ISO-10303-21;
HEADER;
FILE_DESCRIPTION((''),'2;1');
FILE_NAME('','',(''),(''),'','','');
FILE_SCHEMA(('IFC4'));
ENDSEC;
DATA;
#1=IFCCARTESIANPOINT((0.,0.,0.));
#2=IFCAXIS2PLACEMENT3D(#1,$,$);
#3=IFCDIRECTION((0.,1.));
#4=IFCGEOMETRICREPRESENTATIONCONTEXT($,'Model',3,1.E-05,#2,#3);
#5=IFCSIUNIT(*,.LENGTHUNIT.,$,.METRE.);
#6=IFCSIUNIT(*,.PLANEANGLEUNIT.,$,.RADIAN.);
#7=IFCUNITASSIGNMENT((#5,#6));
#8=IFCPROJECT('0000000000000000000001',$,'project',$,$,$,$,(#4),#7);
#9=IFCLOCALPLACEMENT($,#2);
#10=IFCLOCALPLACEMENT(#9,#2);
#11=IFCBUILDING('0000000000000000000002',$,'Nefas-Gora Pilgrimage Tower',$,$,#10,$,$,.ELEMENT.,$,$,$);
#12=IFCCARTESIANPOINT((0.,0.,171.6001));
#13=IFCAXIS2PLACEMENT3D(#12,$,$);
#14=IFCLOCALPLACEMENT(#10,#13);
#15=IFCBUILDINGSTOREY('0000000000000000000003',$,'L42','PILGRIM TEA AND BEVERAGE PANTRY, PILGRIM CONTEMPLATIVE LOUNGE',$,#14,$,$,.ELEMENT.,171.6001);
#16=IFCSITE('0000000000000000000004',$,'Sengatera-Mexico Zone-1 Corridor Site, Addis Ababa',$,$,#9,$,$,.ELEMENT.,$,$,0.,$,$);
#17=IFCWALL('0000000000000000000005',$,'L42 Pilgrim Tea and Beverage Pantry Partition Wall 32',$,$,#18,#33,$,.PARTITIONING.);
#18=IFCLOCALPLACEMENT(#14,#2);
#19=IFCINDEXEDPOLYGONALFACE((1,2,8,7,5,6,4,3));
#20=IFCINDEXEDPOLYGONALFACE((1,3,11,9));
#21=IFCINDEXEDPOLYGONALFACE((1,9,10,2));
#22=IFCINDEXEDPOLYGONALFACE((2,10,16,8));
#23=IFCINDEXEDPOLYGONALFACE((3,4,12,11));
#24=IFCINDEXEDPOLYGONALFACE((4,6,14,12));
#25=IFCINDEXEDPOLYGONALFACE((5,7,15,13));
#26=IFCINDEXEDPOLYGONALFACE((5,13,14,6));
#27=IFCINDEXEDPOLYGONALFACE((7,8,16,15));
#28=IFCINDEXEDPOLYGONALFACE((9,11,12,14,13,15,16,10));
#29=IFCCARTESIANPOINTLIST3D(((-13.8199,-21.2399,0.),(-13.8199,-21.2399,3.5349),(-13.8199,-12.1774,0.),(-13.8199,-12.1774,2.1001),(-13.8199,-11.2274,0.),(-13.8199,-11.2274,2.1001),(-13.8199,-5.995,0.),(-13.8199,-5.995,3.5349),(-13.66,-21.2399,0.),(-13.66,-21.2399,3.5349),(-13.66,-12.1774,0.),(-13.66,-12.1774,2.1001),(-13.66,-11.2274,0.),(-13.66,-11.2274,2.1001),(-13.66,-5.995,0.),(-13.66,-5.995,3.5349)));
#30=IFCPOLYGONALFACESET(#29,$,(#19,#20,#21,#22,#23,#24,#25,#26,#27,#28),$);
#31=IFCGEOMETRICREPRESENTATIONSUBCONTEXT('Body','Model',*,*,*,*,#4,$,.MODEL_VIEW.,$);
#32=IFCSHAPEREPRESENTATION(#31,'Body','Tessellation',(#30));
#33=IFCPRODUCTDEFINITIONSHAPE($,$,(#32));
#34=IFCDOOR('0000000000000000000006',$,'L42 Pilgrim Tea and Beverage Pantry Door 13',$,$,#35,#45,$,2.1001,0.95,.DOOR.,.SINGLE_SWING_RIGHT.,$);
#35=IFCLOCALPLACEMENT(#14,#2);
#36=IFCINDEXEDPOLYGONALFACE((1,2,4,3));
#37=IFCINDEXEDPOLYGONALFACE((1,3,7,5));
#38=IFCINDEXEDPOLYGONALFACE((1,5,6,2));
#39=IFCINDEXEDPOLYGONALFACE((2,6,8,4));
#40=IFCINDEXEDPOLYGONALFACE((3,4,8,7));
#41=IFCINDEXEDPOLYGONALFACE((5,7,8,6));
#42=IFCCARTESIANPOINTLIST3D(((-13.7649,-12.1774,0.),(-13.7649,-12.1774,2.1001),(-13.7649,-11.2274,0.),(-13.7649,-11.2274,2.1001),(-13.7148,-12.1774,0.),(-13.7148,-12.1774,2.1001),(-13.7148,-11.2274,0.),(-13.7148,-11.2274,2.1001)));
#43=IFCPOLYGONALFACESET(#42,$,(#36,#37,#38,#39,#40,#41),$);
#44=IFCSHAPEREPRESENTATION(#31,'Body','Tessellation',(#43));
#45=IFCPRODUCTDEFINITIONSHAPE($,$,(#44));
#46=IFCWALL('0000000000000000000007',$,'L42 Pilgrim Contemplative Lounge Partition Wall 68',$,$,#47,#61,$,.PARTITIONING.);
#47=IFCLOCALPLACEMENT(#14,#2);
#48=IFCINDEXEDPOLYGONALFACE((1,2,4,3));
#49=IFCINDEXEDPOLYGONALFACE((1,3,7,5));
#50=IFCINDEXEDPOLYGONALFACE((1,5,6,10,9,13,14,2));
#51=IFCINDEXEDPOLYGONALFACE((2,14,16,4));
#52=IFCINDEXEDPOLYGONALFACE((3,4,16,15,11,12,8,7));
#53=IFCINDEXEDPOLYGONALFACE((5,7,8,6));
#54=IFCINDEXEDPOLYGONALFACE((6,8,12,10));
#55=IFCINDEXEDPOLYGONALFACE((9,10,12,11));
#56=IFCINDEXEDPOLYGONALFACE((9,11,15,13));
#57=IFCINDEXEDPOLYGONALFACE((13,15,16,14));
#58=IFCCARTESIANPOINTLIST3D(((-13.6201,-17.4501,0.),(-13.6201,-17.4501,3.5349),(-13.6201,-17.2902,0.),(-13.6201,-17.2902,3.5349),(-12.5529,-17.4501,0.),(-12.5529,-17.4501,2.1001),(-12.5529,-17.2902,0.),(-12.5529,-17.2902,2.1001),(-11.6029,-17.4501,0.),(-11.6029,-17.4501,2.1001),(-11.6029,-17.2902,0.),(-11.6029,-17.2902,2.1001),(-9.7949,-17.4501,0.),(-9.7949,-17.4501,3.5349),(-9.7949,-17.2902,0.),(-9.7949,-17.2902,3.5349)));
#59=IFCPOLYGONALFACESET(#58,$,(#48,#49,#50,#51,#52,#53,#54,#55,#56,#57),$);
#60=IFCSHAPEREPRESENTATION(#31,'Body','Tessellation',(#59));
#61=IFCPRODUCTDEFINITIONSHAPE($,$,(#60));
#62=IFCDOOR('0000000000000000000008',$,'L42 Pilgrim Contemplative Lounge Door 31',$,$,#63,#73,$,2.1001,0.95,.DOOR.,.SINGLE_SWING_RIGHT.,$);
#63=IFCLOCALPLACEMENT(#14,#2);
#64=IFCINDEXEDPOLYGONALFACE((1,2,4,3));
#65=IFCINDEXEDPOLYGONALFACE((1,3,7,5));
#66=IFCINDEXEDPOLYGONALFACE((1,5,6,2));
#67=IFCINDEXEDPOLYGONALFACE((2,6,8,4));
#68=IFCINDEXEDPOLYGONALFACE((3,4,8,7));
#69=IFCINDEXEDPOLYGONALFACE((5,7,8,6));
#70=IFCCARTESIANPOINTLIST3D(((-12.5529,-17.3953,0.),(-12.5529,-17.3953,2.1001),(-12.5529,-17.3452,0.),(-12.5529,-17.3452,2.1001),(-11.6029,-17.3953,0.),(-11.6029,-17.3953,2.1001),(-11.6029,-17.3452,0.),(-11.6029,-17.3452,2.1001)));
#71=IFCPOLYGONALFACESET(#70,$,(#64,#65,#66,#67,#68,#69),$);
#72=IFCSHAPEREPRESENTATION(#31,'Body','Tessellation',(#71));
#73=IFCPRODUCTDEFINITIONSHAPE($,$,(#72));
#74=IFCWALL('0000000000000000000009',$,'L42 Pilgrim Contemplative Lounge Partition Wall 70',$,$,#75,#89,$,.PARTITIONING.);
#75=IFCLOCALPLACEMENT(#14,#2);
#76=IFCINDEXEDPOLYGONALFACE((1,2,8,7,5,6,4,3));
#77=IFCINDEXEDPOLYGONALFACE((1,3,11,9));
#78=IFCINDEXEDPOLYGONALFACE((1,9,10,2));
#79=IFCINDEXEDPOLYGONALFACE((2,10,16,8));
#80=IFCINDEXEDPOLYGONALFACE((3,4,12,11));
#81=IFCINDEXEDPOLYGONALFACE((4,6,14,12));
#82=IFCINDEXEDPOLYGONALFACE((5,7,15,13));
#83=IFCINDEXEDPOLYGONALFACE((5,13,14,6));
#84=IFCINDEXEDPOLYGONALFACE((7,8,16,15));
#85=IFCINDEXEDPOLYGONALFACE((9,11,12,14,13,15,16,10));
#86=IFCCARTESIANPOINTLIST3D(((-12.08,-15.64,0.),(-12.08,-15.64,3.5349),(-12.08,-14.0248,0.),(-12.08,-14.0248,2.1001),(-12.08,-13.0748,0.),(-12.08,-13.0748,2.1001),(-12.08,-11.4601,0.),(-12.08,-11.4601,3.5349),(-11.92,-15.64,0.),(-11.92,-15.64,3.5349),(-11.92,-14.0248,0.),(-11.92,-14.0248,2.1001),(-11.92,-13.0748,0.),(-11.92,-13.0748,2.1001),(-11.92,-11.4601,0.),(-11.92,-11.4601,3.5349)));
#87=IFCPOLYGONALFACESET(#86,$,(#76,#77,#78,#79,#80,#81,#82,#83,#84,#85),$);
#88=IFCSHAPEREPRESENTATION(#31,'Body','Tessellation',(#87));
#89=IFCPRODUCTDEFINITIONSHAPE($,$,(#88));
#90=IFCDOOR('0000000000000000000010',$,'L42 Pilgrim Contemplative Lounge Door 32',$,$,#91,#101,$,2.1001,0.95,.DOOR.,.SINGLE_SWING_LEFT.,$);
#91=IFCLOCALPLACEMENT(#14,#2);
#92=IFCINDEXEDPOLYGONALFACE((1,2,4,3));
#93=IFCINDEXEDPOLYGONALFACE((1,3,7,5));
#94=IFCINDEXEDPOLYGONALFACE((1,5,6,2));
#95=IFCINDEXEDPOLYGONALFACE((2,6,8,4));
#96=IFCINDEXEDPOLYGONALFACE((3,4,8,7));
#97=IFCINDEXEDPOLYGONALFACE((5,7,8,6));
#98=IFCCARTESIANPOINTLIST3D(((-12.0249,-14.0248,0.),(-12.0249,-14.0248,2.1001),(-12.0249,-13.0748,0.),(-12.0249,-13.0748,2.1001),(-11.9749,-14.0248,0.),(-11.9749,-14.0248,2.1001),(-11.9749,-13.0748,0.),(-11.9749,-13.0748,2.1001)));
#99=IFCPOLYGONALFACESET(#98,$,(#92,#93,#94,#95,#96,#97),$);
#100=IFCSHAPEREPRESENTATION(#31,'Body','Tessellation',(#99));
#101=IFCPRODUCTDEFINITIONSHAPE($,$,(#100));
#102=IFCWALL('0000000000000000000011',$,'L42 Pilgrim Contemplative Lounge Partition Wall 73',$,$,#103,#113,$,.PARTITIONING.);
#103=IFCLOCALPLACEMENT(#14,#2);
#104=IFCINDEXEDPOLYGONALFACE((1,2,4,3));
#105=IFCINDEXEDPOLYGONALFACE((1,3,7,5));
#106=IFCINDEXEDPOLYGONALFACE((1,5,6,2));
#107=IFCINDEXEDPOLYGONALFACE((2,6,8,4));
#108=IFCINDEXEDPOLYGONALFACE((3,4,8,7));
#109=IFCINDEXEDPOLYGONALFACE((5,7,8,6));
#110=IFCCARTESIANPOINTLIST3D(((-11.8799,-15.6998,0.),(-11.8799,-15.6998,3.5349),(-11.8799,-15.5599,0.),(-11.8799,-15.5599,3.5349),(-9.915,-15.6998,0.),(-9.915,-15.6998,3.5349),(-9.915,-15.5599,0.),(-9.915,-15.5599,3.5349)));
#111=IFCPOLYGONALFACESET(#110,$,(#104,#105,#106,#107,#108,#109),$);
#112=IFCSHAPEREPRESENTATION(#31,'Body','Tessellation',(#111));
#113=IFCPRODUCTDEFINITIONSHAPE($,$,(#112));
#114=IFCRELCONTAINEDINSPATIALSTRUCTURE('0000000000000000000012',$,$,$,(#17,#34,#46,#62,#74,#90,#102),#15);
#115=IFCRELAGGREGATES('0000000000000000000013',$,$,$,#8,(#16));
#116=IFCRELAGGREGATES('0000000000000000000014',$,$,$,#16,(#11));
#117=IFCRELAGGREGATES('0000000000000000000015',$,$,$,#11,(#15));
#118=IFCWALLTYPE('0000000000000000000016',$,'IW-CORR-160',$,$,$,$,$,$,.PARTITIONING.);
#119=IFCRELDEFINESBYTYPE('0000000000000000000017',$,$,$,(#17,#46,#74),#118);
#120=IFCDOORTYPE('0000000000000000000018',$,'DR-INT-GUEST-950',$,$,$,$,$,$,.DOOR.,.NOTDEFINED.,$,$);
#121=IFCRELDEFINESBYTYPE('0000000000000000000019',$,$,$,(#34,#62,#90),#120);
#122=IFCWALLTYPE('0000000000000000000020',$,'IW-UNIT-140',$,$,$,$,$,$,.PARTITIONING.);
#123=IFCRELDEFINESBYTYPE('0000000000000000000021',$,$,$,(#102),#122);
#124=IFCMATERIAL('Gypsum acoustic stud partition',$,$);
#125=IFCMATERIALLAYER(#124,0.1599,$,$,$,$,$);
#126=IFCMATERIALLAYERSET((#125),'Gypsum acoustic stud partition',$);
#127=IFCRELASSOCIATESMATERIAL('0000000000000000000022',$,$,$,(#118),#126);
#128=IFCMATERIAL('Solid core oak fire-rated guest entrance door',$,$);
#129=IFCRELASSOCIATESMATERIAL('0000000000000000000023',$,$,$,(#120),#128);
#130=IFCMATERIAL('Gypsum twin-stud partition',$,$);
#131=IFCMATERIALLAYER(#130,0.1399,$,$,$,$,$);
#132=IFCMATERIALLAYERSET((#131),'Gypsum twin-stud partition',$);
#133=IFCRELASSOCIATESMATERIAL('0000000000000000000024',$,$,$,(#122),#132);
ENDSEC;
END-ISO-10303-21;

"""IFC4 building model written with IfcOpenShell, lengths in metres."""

from ifc_helpers import new_model, si_unit, direction, frame, frame_2d, origin, place, context, subcontext, project, spatial, rectangle, extrude, source, transform, mapped, material, layer, layer_set, type_object, element, fill, save


model = new_model("IFC4")

# Units and contexts
model_context = context("Model", 3, precision=1e-05, world=origin(), true_north=direction((0.0, 1.0)))
body_context = subcontext(model_context, "Body", "Model", "MODEL_VIEW")
ifc_project = project(units=[si_unit("LENGTHUNIT", "METRE"), si_unit("PLANEANGLEUNIT", "RADIAN")], contexts=[model_context])

# Site, building, storey
site_placement = place(None, origin())
site = spatial("IfcSite", under=ifc_project, at=site_placement, Name="Sengatera-Mexico Zone-1 Corridor Site, Addis Ababa", CompositionType="ELEMENT", RefElevation=0.0)
building_placement = place(site_placement, origin())
building = spatial("IfcBuilding", under=site, at=building_placement, Name="Nefas-Gora Pilgrimage Tower", CompositionType="ELEMENT")
storey_placement = place(building_placement, frame((0.0, 0.0, 171.6001)))
storey = spatial("IfcBuildingStorey", under=building, at=storey_placement, Name="L42", Description="PILGRIM TEA AND BEVERAGE PANTRY, PILGRIM CONTEMPLATIVE LOUNGE", CompositionType="ELEMENT", Elevation=171.6001)

# Walls, openings, doors
ifc_material_1 = material(Name="Gypsum acoustic stud partition")
ifc_layer_1 = layer(ifc_material_1, 0.1599)
ifc_layer_set_1 = layer_set([ifc_layer_1], Name="Gypsum acoustic stud partition")
wall_type_1 = type_object("IfcWallType", Name="IW-CORR-160", PredefinedType="PARTITIONING", material=ifc_layer_set_1)
shared_shape_1 = source(origin(), body_context, "Body", "SweptSolid", [
    extrude(rectangle(XDim=15.2449, YDim=0.1599, at=frame_2d((7.6226, 0.0))), origin(), (0.0, 0.0, 1.0), 3.5349),
])
wall_1_placement = place(storey_placement, frame((-13.74, -21.24, 0.0), z_axis=(0.0, 0.0, 1.0), x_axis=(0.0, 1.0, 0.0)))
wall_1 = element("IfcWall", 1, at=wall_1_placement, inside=storey, type_object=wall_type_1, Name="L42 Pilgrim Tea and Beverage Pantry Partition Wall 32", PredefinedType="PARTITIONING", context=body_context, shape_type="MappedRepresentation", body=[
    mapped(shared_shape_1, transform((0.0, 0.0, 0.0), x_axis=(1.0, 0.0, 0.0), y_axis=(0.0, 1.0, 0.0), z_axis=(0.0, 0.0, 1.0), scale=1.0)),
])
opening_1_placement = place(wall_1_placement, frame((9.0625, 0.0, 0.0)))
opening_1 = element("IfcOpeningElement", 2, at=opening_1_placement, cuts=wall_1, PredefinedType="OPENING", context=body_context, shape_type="SweptSolid", body=[
    extrude(rectangle(XDim=0.95, YDim=2.1001, at=frame_2d((0.4751, 1.05))), frame((0.0, 0.0898, 0.0), z_axis=(0.0, -1.0, 0.0), x_axis=(1.0, 0.0, 0.0)), (0.0, 0.0, 1.0), 0.1799),
])
ifc_material_2 = material(Name="Solid core oak fire-rated guest entrance door")
door_type = type_object("IfcDoorType", Name="DR-INT-GUEST-950", OperationType="NOTDEFINED", PredefinedType="DOOR", material=ifc_material_2)
shared_shape_2 = source(origin(), body_context, "Body", "SweptSolid", [
    extrude(rectangle(XDim=0.95, YDim=2.1001, at=frame_2d((0.4751, 1.05))), frame((0.0, 0.0249, 0.0), z_axis=(0.0, -1.0, 0.0), x_axis=(1.0, 0.0, 0.0)), (0.0, 0.0, 1.0), 0.05),
])
door_1_placement = place(opening_1_placement, origin())
door_1 = element("IfcDoor", 3, at=door_1_placement, inside=storey, type_object=door_type, Name="L42 Pilgrim Tea and Beverage Pantry Door 13", OperationType="SINGLE_SWING_RIGHT", OverallHeight=2.1001, OverallWidth=0.95, PredefinedType="DOOR", context=body_context, shape_type="MappedRepresentation", body=[
    mapped(shared_shape_2, transform((0.0, 0.0, 0.0), x_axis=(1.0, 0.0, 0.0), y_axis=(0.0, 1.0, 0.0), z_axis=(0.0, 0.0, 1.0), scale=1.0)),
])
fill(opening_1, door_1)
shared_shape_3 = source(origin(), body_context, "Body", "SweptSolid", [
    extrude(rectangle(XDim=3.8252, YDim=0.1599, at=frame_2d((1.9126, 0.0))), origin(), (0.0, 0.0, 1.0), 3.5349),
])
wall_2_placement = place(storey_placement, frame((-13.6201, -17.3701, 0.0), z_axis=(0.0, 0.0, 1.0), x_axis=(1.0, 0.0, 0.0)))
wall_2 = element("IfcWall", 4, at=wall_2_placement, inside=storey, type_object=wall_type_1, Name="L42 Pilgrim Contemplative Lounge Partition Wall 68", PredefinedType="PARTITIONING", context=body_context, shape_type="MappedRepresentation", body=[
    mapped(shared_shape_3, transform((0.0, 0.0, 0.0), x_axis=(1.0, 0.0, 0.0), y_axis=(0.0, 1.0, 0.0), z_axis=(0.0, 0.0, 1.0), scale=1.0)),
])
opening_2_placement = place(wall_2_placement, frame((1.0671, 0.0, 0.0)))
opening_2 = element("IfcOpeningElement", 5, at=opening_2_placement, cuts=wall_2, PredefinedType="OPENING", context=body_context, shape_type="SweptSolid", body=[
    extrude(rectangle(XDim=0.95, YDim=2.1001, at=frame_2d((0.4751, 1.05))), frame((0.0, 0.0898, 0.0), z_axis=(0.0, -1.0, 0.0), x_axis=(1.0, 0.0, 0.0)), (0.0, 0.0, 1.0), 0.1799),
])
door_2_placement = place(opening_2_placement, origin())
door_2 = element("IfcDoor", 6, at=door_2_placement, inside=storey, type_object=door_type, Name="L42 Pilgrim Contemplative Lounge Door 31", OperationType="SINGLE_SWING_RIGHT", OverallHeight=2.1001, OverallWidth=0.95, PredefinedType="DOOR", context=body_context, shape_type="MappedRepresentation", body=[
    mapped(shared_shape_2, transform((0.0, 0.0, 0.0), x_axis=(1.0, 0.0, 0.0), y_axis=(0.0, 1.0, 0.0), z_axis=(0.0, 0.0, 1.0), scale=1.0)),
])
fill(opening_2, door_2)
shared_shape_4 = source(origin(), body_context, "Body", "SweptSolid", [
    extrude(rectangle(XDim=4.1799, YDim=0.1599, at=frame_2d((2.0898, 0.0))), origin(), (0.0, 0.0, 1.0), 3.5349),
])
wall_3_placement = place(storey_placement, frame((-12.0, -15.6399, 0.0), z_axis=(0.0, 0.0, 1.0), x_axis=(0.0, 1.0, 0.0)))
wall_3 = element("IfcWall", 7, at=wall_3_placement, inside=storey, type_object=wall_type_1, Name="L42 Pilgrim Contemplative Lounge Partition Wall 70", PredefinedType="PARTITIONING", context=body_context, shape_type="MappedRepresentation", body=[
    mapped(shared_shape_4, transform((0.0, 0.0, 0.0), x_axis=(1.0, 0.0, 0.0), y_axis=(0.0, 1.0, 0.0), z_axis=(0.0, 0.0, 1.0), scale=1.0)),
])
opening_3_placement = place(wall_3_placement, frame((1.615, 0.0, 0.0)))
opening_3 = element("IfcOpeningElement", 8, at=opening_3_placement, cuts=wall_3, PredefinedType="OPENING", context=body_context, shape_type="SweptSolid", body=[
    extrude(rectangle(XDim=0.95, YDim=2.1001, at=frame_2d((0.4751, 1.05))), frame((0.0, 0.0898, 0.0), z_axis=(0.0, -1.0, 0.0), x_axis=(1.0, 0.0, 0.0)), (0.0, 0.0, 1.0), 0.1799),
])
door_3_placement = place(opening_3_placement, origin())
door_3 = element("IfcDoor", 9, at=door_3_placement, inside=storey, type_object=door_type, Name="L42 Pilgrim Contemplative Lounge Door 32", OperationType="SINGLE_SWING_LEFT", OverallHeight=2.1001, OverallWidth=0.95, PredefinedType="DOOR", context=body_context, shape_type="MappedRepresentation", body=[
    mapped(shared_shape_2, transform((0.0, 0.0, 0.0), x_axis=(1.0, 0.0, 0.0), y_axis=(0.0, 1.0, 0.0), z_axis=(0.0, 0.0, 1.0), scale=1.0)),
])
fill(opening_3, door_3)

# Wall
ifc_material_3 = material(Name="Gypsum twin-stud partition")
ifc_layer_2 = layer(ifc_material_3, 0.1399)
ifc_layer_set_2 = layer_set([ifc_layer_2], Name="Gypsum twin-stud partition")
wall_type_2 = type_object("IfcWallType", Name="IW-UNIT-140", PredefinedType="PARTITIONING", material=ifc_layer_set_2)
shared_shape_5 = source(origin(), body_context, "Body", "SweptSolid", [
    extrude(rectangle(XDim=1.9648, YDim=0.1399, at=frame_2d((0.9824, 0.0))), origin(), (0.0, 0.0, 1.0), 3.5349),
])
wall_4_placement = place(storey_placement, frame((-11.8799, -15.6299, 0.0), z_axis=(0.0, 0.0, 1.0), x_axis=(1.0, 0.0, 0.0)))
element("IfcWall", 10, at=wall_4_placement, inside=storey, type_object=wall_type_2, Name="L42 Pilgrim Contemplative Lounge Partition Wall 73", PredefinedType="PARTITIONING", context=body_context, shape_type="MappedRepresentation", body=[
    mapped(shared_shape_5, transform((0.0, 0.0, 0.0), x_axis=(1.0, 0.0, 0.0), y_axis=(0.0, 1.0, 0.0), z_axis=(0.0, 0.0, 1.0), scale=1.0)),
])

save(model, "model.ifc")
